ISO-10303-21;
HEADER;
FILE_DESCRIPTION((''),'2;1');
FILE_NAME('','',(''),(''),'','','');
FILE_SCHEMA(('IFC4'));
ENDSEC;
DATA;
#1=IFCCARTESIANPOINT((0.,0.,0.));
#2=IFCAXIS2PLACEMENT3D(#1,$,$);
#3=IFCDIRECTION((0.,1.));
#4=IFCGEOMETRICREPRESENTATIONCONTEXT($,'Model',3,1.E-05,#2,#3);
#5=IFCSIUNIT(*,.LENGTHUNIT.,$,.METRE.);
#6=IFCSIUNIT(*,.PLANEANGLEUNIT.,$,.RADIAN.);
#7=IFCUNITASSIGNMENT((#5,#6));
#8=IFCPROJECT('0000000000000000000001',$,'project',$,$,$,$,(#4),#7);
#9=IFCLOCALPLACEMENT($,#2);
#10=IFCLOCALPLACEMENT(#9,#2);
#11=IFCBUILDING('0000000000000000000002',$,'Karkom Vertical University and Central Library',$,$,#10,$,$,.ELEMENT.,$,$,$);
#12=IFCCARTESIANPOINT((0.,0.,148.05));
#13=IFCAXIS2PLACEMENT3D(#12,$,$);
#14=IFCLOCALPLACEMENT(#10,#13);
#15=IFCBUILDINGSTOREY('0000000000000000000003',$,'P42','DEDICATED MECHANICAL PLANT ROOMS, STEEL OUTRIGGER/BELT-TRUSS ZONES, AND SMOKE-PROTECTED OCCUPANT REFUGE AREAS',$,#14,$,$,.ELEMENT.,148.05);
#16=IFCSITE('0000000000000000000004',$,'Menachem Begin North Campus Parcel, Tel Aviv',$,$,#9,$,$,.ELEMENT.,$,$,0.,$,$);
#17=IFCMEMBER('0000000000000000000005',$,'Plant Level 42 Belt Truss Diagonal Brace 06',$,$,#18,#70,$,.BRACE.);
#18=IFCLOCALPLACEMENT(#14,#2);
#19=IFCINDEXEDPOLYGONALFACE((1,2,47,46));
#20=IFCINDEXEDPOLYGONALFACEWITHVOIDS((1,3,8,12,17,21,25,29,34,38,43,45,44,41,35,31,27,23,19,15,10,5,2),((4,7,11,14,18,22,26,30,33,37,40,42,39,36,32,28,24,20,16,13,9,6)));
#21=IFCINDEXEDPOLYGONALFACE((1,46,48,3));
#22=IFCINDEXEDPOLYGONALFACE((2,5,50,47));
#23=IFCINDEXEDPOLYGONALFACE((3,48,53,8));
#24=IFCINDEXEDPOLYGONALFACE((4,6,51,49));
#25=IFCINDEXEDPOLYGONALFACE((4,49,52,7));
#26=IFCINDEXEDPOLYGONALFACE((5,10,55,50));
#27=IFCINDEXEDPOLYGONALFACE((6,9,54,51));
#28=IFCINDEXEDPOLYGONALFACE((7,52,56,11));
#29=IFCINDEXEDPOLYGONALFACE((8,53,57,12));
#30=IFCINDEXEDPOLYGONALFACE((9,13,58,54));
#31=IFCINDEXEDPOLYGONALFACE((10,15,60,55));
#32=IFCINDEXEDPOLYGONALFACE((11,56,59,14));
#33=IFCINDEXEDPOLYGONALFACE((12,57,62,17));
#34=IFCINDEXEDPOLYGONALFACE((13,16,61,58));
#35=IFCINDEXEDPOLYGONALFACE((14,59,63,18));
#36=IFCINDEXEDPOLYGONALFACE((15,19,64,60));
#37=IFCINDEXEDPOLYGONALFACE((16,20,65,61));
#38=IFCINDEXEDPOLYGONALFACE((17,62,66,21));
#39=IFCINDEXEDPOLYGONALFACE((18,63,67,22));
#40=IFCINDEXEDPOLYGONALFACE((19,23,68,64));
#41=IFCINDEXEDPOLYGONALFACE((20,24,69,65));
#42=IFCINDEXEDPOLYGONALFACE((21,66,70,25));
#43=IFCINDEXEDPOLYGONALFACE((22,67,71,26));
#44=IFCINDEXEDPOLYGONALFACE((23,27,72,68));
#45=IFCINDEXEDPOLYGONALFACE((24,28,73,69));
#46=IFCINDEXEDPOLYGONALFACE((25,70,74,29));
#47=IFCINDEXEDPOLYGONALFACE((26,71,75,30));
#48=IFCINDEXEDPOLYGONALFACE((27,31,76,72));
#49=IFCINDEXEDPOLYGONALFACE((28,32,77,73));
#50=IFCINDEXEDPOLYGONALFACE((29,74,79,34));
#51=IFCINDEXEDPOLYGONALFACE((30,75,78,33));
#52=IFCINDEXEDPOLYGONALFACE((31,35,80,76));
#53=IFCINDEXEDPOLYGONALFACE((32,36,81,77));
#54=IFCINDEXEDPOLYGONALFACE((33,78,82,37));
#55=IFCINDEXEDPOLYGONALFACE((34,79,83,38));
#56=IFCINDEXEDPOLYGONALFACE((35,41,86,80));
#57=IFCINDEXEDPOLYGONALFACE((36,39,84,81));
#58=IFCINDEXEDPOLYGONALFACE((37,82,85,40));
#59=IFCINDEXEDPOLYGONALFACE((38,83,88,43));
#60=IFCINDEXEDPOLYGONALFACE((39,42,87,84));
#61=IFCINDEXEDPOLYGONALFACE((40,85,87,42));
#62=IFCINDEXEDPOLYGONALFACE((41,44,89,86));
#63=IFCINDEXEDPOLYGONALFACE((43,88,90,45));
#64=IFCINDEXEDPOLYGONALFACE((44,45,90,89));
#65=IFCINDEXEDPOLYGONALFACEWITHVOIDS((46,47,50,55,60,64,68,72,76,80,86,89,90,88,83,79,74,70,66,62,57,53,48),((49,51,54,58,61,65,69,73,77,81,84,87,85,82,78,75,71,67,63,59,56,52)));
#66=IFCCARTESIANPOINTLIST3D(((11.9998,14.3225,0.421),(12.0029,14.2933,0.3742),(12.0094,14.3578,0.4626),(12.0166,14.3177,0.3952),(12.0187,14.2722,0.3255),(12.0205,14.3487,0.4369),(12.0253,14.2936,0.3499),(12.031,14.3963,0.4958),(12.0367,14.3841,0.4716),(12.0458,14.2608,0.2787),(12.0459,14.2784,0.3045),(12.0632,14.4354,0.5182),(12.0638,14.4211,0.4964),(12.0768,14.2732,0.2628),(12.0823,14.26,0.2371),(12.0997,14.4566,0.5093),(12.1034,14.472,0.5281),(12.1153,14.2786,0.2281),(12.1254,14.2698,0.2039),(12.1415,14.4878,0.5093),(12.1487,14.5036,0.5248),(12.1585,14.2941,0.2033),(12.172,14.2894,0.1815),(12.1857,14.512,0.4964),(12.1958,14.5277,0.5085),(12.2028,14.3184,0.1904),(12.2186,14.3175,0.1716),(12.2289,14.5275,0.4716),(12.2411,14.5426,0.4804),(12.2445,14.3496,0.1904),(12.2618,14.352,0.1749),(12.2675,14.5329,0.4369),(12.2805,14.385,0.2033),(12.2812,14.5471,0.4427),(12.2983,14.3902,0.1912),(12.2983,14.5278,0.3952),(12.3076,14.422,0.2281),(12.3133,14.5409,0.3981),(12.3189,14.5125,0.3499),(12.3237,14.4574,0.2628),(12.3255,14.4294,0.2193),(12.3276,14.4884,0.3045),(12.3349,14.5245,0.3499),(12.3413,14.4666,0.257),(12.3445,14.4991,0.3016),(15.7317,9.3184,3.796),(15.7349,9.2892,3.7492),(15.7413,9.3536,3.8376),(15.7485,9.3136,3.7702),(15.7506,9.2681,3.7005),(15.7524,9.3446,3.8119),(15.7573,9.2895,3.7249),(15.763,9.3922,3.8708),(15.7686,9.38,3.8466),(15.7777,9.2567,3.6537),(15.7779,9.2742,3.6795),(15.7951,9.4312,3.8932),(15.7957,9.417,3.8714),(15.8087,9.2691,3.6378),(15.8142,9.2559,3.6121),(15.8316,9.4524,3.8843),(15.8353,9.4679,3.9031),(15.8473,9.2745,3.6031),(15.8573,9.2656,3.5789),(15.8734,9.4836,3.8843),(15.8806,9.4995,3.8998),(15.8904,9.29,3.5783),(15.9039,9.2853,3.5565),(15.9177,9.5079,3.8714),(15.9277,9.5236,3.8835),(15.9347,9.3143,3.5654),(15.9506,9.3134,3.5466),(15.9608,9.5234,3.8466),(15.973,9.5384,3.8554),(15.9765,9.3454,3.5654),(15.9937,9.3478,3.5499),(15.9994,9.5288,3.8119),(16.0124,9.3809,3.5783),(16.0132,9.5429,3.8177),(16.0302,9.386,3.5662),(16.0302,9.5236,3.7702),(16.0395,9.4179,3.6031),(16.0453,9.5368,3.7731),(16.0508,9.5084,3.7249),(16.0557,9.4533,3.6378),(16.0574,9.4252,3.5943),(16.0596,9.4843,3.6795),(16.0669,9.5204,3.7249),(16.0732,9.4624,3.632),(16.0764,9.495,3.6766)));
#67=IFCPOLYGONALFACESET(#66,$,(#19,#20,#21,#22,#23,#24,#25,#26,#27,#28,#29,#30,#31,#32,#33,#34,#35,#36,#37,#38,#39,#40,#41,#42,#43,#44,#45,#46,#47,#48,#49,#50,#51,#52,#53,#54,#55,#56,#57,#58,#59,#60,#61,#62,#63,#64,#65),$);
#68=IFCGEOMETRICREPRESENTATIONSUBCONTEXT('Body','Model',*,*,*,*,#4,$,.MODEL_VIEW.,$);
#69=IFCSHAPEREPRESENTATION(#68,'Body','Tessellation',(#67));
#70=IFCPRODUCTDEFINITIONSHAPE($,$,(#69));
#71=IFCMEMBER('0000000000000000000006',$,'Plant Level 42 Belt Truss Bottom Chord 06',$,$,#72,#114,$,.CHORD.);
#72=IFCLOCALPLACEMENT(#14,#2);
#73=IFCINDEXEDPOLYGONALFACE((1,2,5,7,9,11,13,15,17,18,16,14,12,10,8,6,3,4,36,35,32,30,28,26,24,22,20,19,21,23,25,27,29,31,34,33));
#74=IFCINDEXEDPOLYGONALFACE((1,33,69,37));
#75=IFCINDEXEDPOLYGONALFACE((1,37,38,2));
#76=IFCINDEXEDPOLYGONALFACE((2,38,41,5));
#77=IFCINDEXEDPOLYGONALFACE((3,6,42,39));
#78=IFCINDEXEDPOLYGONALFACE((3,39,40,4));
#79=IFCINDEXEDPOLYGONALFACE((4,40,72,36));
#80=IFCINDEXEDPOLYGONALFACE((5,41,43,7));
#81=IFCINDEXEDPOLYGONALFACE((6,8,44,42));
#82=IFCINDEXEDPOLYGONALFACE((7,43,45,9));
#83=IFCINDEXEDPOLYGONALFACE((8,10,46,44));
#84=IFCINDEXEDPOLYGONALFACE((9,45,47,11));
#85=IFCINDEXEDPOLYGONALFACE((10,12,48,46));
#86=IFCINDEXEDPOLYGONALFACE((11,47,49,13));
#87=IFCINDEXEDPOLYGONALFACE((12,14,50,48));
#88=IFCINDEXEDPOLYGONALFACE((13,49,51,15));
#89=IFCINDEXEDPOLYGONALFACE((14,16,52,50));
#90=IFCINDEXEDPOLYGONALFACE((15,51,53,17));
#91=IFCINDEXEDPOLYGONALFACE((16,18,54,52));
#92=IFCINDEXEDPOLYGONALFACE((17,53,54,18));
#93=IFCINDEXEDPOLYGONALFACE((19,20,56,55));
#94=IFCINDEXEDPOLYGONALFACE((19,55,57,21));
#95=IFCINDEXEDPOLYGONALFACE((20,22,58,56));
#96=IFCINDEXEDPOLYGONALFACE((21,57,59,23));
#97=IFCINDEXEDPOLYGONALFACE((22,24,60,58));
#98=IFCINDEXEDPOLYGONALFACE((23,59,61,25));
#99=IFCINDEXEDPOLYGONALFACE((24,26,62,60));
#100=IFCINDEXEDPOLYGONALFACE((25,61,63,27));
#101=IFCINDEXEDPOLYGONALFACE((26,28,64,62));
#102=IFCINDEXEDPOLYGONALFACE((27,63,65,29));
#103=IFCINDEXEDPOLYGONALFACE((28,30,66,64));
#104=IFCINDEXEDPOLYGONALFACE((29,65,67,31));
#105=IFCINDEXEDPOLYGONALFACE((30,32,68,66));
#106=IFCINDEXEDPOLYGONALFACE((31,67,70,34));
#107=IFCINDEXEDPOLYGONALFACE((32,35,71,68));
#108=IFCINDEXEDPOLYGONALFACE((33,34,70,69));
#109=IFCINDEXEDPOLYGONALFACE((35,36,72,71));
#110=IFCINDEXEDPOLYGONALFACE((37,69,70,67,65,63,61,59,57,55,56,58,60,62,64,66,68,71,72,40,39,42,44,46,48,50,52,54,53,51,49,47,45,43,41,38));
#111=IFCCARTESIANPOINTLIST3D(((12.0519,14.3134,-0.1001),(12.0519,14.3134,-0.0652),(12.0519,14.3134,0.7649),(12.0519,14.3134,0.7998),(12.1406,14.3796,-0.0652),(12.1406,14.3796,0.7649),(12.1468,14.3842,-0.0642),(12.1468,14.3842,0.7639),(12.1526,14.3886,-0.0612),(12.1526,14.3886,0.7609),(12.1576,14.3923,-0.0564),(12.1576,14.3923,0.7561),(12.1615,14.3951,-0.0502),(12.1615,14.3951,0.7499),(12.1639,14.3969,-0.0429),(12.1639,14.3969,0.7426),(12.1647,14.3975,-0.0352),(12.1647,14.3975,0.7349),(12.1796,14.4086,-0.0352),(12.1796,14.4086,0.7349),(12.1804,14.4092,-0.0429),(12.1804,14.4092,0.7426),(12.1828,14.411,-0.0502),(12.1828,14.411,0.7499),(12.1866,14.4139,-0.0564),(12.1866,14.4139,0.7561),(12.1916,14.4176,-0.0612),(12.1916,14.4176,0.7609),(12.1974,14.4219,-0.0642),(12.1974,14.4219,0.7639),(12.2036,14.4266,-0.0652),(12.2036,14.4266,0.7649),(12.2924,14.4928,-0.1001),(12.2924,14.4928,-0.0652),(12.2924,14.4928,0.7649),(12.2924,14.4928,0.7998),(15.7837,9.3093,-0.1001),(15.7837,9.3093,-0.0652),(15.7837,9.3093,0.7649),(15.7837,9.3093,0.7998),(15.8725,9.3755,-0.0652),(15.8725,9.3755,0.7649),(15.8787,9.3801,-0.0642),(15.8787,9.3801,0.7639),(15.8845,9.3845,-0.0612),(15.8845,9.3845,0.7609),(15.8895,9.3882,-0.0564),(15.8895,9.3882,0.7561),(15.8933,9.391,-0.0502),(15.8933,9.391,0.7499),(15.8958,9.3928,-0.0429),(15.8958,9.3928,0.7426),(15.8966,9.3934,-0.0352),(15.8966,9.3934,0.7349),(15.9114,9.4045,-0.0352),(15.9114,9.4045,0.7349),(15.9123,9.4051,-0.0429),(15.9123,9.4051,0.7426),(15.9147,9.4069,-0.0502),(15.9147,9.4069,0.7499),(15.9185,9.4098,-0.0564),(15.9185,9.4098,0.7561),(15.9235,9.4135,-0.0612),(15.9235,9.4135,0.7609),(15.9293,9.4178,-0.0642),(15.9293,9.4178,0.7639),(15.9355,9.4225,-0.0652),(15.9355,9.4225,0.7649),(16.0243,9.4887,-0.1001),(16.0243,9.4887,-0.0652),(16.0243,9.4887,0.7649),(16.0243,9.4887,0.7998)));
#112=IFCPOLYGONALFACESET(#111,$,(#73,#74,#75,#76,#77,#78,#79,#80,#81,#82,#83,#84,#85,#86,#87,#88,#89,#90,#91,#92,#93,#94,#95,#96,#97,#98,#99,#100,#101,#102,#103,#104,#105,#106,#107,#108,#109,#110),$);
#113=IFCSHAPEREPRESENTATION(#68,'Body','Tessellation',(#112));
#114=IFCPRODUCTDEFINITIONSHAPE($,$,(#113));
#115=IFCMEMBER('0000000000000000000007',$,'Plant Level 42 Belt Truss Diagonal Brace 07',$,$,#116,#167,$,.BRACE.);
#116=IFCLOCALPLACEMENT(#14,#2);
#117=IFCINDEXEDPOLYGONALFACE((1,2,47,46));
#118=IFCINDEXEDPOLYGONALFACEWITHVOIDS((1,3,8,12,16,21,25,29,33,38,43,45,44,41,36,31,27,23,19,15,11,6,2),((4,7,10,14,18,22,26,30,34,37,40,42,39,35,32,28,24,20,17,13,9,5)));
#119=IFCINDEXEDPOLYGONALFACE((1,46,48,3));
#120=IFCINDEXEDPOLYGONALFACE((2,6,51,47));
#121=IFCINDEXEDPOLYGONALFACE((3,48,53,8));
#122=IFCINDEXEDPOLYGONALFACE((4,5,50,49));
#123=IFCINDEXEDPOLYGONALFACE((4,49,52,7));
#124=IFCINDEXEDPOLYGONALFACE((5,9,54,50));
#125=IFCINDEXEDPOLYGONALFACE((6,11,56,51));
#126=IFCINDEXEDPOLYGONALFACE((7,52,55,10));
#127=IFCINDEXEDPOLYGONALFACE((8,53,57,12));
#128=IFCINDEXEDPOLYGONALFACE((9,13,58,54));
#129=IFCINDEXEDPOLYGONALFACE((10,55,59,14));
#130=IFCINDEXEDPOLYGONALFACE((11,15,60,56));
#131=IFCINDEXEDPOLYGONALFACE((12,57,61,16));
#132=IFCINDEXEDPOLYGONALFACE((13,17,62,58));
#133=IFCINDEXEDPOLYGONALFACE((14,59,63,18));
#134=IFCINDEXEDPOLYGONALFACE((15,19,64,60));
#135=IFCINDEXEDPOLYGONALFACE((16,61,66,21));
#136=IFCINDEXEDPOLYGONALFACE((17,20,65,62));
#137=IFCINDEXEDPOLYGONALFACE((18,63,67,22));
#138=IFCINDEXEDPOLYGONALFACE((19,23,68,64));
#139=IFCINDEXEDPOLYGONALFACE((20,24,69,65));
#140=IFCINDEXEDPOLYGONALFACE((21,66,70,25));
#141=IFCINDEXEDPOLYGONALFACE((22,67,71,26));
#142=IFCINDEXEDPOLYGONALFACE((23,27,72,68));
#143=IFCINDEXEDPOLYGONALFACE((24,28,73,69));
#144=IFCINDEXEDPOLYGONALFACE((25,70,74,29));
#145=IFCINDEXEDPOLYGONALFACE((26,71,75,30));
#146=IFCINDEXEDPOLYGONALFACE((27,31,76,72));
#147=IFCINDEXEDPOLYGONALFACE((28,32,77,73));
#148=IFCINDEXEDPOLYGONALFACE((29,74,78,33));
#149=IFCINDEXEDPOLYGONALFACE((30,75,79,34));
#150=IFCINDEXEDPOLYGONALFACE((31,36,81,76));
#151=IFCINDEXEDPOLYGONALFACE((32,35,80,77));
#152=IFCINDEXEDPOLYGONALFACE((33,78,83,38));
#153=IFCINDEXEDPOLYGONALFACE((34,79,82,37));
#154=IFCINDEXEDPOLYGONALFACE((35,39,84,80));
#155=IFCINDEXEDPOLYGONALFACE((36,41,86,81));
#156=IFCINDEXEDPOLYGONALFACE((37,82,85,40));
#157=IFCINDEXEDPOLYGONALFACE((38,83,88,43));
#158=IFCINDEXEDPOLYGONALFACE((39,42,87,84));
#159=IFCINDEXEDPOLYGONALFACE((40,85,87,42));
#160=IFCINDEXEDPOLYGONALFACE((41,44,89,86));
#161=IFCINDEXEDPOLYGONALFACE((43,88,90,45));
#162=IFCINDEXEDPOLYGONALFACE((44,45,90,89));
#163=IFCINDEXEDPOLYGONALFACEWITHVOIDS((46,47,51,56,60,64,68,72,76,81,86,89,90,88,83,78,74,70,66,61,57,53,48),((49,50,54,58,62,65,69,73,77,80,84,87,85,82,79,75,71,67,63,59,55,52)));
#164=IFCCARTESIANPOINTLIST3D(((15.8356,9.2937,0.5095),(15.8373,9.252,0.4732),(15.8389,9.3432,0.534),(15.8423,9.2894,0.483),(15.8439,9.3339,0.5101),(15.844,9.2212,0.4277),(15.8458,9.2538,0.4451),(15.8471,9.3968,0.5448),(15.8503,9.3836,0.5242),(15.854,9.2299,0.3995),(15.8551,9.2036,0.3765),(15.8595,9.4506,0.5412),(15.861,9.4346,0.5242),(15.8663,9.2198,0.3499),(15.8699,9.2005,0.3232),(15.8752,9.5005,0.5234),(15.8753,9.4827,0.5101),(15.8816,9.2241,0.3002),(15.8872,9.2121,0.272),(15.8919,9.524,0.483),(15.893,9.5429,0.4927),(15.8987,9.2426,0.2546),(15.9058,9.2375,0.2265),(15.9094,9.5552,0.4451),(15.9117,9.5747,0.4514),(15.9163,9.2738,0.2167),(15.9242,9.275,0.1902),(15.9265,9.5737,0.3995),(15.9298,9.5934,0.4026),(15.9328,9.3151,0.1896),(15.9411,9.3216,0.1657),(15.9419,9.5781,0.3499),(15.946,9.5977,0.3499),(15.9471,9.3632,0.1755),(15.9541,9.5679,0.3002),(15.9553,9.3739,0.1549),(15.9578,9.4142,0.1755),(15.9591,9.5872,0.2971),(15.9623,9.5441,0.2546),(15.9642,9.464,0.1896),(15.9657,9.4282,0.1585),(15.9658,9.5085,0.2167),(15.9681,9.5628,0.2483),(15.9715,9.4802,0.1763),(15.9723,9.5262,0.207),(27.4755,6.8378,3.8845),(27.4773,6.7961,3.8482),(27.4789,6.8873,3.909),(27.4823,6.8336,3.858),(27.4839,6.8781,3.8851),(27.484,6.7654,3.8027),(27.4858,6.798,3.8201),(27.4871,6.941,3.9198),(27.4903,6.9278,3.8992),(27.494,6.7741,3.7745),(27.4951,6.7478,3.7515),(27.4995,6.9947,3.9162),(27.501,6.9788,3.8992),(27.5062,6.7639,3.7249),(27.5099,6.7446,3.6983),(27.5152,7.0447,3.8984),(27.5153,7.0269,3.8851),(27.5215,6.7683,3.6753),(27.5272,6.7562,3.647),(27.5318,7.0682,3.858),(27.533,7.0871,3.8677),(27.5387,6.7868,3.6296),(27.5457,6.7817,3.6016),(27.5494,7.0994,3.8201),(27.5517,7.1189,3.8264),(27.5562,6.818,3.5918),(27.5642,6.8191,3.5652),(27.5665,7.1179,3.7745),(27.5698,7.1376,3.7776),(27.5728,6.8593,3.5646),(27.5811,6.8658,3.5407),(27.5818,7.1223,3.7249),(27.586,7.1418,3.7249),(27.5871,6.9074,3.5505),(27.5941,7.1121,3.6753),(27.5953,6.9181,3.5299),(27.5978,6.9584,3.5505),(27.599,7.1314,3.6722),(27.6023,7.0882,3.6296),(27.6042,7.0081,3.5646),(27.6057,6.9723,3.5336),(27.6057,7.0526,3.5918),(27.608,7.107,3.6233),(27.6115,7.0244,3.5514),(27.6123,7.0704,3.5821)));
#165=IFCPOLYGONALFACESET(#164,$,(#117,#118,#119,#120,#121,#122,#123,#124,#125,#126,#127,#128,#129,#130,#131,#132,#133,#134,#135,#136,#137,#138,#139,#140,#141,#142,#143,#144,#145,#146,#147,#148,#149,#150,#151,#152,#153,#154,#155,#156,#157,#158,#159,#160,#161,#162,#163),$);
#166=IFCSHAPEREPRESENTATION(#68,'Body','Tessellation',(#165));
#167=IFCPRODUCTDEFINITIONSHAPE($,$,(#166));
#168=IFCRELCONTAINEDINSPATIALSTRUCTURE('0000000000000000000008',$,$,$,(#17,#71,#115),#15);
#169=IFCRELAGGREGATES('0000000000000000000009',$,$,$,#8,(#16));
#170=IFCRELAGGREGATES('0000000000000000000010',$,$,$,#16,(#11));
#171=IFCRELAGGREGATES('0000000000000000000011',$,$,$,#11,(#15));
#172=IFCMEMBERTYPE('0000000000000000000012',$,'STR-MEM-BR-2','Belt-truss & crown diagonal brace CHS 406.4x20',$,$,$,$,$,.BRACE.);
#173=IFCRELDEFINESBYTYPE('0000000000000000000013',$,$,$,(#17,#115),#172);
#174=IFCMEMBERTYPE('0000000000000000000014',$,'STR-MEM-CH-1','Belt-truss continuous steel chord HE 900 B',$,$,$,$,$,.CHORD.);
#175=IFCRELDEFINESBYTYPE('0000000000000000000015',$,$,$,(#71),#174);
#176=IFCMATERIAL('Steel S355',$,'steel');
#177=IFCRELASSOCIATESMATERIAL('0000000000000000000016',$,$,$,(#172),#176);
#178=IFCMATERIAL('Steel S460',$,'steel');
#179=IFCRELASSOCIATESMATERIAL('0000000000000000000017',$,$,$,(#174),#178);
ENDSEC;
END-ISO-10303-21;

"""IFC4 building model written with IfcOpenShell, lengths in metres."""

from ifc_helpers import new_model, si_unit, direction, frame, origin, origin_with_axes, origin_2d, place, context, subcontext, project, spatial, hollow_circle, i_section, extrude, source, transform, mapped, material, material_profile, profile_set, type_object, element, save


model = new_model("IFC4")

# Units and contexts
model_context = context("Model", 3, precision=1e-05, world=origin(), true_north=direction((0.0, 1.0)))
body_context = subcontext(model_context, "Body", "Model", "MODEL_VIEW")
ifc_project = project(units=[si_unit("LENGTHUNIT", "METRE"), si_unit("PLANEANGLEUNIT", "RADIAN")], contexts=[model_context])

# Site, building, storey
site_placement = place(None, origin())
site = spatial("IfcSite", under=ifc_project, at=site_placement, Name="Menachem Begin North Campus Parcel, Tel Aviv", CompositionType="ELEMENT", RefElevation=0.0)
building_placement = place(site_placement, origin())
building = spatial("IfcBuilding", under=site, at=building_placement, Name="Karkom Vertical University and Central Library", CompositionType="ELEMENT")
storey_placement = place(building_placement, frame((0.0, 0.0, 148.05)))
storey = spatial("IfcBuildingStorey", under=building, at=storey_placement, Name="P42", Description="DEDICATED MECHANICAL PLANT ROOMS, STEEL OUTRIGGER/BELT-TRUSS ZONES, AND SMOKE-PROTECTED OCCUPANT REFUGE AREAS", CompositionType="ELEMENT", Elevation=148.05)

# Shared definitions
ifc_material_1 = material(Name="Steel S355", Category="steel")

# Shared definitions
ifc_material_2 = material(Name="Steel S460", Category="steel")

# Members
ifc_material_profile_1 = material_profile(ifc_material_1, hollow_circle(Radius=0.2031, WallThickness=0.02, at=origin_2d()), Name="CHS 406.4x20")
ifc_profile_set_1 = profile_set([ifc_material_profile_1], Name="Steel S355")
member_type_1 = type_object("IfcMemberType", Name="STR-MEM-BR-2", Description="Belt-truss & crown diagonal brace CHS 406.4x20", PredefinedType="BRACE", material=ifc_profile_set_1)
shared_shape_1 = source(origin_with_axes(), body_context, "Body", "SweptSolid", [
    extrude(hollow_circle(Radius=0.2031, WallThickness=0.02, at=origin_2d()), origin(), (0.0, 0.0, 1.0), 7.0964),
])
member_1_placement = place(storey_placement, frame((12.1721, 14.4031, 0.3499), z_axis=(0.525888, -0.705163, 0.475591), x_axis=(0.801626, 0.597826, 0.0)))
element("IfcMember", 1, at=member_1_placement, inside=storey, type_object=member_type_1, Name="Plant Level 42 Belt Truss Diagonal Brace 06", PredefinedType="BRACE", context=body_context, shape_type="MappedRepresentation", body=[
    mapped(shared_shape_1, transform((0.0, 0.0, 0.0), scale=1.0)),
])
ifc_material_profile_2 = material_profile(ifc_material_2, i_section(OverallWidth=0.3, OverallDepth=0.8999, WebThickness=0.0186, FlangeThickness=0.0349, FilletRadius=0.03, at=origin_2d()), Name="HE 900 B")
ifc_profile_set_2 = profile_set([ifc_material_profile_2], Name="Steel S460")
member_type_2 = type_object("IfcMemberType", Name="STR-MEM-CH-1", Description="Belt-truss continuous steel chord HE 900 B", PredefinedType="CHORD", material=ifc_profile_set_2)
shared_shape_2 = source(origin_with_axes(), body_context, "Body", "SweptSolid", [
    extrude(i_section(OverallWidth=0.3, OverallDepth=0.8999, WebThickness=0.0186, FlangeThickness=0.0349, FilletRadius=0.03, at=origin_2d()), origin(), (0.0, 0.0, 1.0), 6.2424),
])
member_2_placement = place(storey_placement, frame((12.1721, 14.4031, 0.3499), z_axis=(0.597826, -0.801626, 0.0), x_axis=(0.801626, 0.597826, 0.0)))
element("IfcMember", 2, at=member_2_placement, inside=storey, type_object=member_type_2, Name="Plant Level 42 Belt Truss Bottom Chord 06", PredefinedType="CHORD", context=body_context, shape_type="MappedRepresentation", body=[
    mapped(shared_shape_2, transform((0.0, 0.0, 0.0), scale=1.0)),
])
shared_shape_3 = source(origin_with_axes(), body_context, "Body", "SweptSolid", [
    extrude(hollow_circle(Radius=0.2031, WallThickness=0.02, at=origin_2d()), origin(), (0.0, 0.0, 1.0), 12.3657),
])
member_3_placement = place(storey_placement, frame((15.9041, 9.3989, 0.3499), z_axis=(0.94131, -0.1986, 0.272934), x_axis=(0.206438, 0.97846, 0.0)))
element("IfcMember", 3, at=member_3_placement, inside=storey, type_object=member_type_1, Name="Plant Level 42 Belt Truss Diagonal Brace 07", PredefinedType="BRACE", context=body_context, shape_type="MappedRepresentation", body=[
    mapped(shared_shape_3, transform((0.0, 0.0, 0.0), scale=1.0)),
])

save(model, "model.ifc")
